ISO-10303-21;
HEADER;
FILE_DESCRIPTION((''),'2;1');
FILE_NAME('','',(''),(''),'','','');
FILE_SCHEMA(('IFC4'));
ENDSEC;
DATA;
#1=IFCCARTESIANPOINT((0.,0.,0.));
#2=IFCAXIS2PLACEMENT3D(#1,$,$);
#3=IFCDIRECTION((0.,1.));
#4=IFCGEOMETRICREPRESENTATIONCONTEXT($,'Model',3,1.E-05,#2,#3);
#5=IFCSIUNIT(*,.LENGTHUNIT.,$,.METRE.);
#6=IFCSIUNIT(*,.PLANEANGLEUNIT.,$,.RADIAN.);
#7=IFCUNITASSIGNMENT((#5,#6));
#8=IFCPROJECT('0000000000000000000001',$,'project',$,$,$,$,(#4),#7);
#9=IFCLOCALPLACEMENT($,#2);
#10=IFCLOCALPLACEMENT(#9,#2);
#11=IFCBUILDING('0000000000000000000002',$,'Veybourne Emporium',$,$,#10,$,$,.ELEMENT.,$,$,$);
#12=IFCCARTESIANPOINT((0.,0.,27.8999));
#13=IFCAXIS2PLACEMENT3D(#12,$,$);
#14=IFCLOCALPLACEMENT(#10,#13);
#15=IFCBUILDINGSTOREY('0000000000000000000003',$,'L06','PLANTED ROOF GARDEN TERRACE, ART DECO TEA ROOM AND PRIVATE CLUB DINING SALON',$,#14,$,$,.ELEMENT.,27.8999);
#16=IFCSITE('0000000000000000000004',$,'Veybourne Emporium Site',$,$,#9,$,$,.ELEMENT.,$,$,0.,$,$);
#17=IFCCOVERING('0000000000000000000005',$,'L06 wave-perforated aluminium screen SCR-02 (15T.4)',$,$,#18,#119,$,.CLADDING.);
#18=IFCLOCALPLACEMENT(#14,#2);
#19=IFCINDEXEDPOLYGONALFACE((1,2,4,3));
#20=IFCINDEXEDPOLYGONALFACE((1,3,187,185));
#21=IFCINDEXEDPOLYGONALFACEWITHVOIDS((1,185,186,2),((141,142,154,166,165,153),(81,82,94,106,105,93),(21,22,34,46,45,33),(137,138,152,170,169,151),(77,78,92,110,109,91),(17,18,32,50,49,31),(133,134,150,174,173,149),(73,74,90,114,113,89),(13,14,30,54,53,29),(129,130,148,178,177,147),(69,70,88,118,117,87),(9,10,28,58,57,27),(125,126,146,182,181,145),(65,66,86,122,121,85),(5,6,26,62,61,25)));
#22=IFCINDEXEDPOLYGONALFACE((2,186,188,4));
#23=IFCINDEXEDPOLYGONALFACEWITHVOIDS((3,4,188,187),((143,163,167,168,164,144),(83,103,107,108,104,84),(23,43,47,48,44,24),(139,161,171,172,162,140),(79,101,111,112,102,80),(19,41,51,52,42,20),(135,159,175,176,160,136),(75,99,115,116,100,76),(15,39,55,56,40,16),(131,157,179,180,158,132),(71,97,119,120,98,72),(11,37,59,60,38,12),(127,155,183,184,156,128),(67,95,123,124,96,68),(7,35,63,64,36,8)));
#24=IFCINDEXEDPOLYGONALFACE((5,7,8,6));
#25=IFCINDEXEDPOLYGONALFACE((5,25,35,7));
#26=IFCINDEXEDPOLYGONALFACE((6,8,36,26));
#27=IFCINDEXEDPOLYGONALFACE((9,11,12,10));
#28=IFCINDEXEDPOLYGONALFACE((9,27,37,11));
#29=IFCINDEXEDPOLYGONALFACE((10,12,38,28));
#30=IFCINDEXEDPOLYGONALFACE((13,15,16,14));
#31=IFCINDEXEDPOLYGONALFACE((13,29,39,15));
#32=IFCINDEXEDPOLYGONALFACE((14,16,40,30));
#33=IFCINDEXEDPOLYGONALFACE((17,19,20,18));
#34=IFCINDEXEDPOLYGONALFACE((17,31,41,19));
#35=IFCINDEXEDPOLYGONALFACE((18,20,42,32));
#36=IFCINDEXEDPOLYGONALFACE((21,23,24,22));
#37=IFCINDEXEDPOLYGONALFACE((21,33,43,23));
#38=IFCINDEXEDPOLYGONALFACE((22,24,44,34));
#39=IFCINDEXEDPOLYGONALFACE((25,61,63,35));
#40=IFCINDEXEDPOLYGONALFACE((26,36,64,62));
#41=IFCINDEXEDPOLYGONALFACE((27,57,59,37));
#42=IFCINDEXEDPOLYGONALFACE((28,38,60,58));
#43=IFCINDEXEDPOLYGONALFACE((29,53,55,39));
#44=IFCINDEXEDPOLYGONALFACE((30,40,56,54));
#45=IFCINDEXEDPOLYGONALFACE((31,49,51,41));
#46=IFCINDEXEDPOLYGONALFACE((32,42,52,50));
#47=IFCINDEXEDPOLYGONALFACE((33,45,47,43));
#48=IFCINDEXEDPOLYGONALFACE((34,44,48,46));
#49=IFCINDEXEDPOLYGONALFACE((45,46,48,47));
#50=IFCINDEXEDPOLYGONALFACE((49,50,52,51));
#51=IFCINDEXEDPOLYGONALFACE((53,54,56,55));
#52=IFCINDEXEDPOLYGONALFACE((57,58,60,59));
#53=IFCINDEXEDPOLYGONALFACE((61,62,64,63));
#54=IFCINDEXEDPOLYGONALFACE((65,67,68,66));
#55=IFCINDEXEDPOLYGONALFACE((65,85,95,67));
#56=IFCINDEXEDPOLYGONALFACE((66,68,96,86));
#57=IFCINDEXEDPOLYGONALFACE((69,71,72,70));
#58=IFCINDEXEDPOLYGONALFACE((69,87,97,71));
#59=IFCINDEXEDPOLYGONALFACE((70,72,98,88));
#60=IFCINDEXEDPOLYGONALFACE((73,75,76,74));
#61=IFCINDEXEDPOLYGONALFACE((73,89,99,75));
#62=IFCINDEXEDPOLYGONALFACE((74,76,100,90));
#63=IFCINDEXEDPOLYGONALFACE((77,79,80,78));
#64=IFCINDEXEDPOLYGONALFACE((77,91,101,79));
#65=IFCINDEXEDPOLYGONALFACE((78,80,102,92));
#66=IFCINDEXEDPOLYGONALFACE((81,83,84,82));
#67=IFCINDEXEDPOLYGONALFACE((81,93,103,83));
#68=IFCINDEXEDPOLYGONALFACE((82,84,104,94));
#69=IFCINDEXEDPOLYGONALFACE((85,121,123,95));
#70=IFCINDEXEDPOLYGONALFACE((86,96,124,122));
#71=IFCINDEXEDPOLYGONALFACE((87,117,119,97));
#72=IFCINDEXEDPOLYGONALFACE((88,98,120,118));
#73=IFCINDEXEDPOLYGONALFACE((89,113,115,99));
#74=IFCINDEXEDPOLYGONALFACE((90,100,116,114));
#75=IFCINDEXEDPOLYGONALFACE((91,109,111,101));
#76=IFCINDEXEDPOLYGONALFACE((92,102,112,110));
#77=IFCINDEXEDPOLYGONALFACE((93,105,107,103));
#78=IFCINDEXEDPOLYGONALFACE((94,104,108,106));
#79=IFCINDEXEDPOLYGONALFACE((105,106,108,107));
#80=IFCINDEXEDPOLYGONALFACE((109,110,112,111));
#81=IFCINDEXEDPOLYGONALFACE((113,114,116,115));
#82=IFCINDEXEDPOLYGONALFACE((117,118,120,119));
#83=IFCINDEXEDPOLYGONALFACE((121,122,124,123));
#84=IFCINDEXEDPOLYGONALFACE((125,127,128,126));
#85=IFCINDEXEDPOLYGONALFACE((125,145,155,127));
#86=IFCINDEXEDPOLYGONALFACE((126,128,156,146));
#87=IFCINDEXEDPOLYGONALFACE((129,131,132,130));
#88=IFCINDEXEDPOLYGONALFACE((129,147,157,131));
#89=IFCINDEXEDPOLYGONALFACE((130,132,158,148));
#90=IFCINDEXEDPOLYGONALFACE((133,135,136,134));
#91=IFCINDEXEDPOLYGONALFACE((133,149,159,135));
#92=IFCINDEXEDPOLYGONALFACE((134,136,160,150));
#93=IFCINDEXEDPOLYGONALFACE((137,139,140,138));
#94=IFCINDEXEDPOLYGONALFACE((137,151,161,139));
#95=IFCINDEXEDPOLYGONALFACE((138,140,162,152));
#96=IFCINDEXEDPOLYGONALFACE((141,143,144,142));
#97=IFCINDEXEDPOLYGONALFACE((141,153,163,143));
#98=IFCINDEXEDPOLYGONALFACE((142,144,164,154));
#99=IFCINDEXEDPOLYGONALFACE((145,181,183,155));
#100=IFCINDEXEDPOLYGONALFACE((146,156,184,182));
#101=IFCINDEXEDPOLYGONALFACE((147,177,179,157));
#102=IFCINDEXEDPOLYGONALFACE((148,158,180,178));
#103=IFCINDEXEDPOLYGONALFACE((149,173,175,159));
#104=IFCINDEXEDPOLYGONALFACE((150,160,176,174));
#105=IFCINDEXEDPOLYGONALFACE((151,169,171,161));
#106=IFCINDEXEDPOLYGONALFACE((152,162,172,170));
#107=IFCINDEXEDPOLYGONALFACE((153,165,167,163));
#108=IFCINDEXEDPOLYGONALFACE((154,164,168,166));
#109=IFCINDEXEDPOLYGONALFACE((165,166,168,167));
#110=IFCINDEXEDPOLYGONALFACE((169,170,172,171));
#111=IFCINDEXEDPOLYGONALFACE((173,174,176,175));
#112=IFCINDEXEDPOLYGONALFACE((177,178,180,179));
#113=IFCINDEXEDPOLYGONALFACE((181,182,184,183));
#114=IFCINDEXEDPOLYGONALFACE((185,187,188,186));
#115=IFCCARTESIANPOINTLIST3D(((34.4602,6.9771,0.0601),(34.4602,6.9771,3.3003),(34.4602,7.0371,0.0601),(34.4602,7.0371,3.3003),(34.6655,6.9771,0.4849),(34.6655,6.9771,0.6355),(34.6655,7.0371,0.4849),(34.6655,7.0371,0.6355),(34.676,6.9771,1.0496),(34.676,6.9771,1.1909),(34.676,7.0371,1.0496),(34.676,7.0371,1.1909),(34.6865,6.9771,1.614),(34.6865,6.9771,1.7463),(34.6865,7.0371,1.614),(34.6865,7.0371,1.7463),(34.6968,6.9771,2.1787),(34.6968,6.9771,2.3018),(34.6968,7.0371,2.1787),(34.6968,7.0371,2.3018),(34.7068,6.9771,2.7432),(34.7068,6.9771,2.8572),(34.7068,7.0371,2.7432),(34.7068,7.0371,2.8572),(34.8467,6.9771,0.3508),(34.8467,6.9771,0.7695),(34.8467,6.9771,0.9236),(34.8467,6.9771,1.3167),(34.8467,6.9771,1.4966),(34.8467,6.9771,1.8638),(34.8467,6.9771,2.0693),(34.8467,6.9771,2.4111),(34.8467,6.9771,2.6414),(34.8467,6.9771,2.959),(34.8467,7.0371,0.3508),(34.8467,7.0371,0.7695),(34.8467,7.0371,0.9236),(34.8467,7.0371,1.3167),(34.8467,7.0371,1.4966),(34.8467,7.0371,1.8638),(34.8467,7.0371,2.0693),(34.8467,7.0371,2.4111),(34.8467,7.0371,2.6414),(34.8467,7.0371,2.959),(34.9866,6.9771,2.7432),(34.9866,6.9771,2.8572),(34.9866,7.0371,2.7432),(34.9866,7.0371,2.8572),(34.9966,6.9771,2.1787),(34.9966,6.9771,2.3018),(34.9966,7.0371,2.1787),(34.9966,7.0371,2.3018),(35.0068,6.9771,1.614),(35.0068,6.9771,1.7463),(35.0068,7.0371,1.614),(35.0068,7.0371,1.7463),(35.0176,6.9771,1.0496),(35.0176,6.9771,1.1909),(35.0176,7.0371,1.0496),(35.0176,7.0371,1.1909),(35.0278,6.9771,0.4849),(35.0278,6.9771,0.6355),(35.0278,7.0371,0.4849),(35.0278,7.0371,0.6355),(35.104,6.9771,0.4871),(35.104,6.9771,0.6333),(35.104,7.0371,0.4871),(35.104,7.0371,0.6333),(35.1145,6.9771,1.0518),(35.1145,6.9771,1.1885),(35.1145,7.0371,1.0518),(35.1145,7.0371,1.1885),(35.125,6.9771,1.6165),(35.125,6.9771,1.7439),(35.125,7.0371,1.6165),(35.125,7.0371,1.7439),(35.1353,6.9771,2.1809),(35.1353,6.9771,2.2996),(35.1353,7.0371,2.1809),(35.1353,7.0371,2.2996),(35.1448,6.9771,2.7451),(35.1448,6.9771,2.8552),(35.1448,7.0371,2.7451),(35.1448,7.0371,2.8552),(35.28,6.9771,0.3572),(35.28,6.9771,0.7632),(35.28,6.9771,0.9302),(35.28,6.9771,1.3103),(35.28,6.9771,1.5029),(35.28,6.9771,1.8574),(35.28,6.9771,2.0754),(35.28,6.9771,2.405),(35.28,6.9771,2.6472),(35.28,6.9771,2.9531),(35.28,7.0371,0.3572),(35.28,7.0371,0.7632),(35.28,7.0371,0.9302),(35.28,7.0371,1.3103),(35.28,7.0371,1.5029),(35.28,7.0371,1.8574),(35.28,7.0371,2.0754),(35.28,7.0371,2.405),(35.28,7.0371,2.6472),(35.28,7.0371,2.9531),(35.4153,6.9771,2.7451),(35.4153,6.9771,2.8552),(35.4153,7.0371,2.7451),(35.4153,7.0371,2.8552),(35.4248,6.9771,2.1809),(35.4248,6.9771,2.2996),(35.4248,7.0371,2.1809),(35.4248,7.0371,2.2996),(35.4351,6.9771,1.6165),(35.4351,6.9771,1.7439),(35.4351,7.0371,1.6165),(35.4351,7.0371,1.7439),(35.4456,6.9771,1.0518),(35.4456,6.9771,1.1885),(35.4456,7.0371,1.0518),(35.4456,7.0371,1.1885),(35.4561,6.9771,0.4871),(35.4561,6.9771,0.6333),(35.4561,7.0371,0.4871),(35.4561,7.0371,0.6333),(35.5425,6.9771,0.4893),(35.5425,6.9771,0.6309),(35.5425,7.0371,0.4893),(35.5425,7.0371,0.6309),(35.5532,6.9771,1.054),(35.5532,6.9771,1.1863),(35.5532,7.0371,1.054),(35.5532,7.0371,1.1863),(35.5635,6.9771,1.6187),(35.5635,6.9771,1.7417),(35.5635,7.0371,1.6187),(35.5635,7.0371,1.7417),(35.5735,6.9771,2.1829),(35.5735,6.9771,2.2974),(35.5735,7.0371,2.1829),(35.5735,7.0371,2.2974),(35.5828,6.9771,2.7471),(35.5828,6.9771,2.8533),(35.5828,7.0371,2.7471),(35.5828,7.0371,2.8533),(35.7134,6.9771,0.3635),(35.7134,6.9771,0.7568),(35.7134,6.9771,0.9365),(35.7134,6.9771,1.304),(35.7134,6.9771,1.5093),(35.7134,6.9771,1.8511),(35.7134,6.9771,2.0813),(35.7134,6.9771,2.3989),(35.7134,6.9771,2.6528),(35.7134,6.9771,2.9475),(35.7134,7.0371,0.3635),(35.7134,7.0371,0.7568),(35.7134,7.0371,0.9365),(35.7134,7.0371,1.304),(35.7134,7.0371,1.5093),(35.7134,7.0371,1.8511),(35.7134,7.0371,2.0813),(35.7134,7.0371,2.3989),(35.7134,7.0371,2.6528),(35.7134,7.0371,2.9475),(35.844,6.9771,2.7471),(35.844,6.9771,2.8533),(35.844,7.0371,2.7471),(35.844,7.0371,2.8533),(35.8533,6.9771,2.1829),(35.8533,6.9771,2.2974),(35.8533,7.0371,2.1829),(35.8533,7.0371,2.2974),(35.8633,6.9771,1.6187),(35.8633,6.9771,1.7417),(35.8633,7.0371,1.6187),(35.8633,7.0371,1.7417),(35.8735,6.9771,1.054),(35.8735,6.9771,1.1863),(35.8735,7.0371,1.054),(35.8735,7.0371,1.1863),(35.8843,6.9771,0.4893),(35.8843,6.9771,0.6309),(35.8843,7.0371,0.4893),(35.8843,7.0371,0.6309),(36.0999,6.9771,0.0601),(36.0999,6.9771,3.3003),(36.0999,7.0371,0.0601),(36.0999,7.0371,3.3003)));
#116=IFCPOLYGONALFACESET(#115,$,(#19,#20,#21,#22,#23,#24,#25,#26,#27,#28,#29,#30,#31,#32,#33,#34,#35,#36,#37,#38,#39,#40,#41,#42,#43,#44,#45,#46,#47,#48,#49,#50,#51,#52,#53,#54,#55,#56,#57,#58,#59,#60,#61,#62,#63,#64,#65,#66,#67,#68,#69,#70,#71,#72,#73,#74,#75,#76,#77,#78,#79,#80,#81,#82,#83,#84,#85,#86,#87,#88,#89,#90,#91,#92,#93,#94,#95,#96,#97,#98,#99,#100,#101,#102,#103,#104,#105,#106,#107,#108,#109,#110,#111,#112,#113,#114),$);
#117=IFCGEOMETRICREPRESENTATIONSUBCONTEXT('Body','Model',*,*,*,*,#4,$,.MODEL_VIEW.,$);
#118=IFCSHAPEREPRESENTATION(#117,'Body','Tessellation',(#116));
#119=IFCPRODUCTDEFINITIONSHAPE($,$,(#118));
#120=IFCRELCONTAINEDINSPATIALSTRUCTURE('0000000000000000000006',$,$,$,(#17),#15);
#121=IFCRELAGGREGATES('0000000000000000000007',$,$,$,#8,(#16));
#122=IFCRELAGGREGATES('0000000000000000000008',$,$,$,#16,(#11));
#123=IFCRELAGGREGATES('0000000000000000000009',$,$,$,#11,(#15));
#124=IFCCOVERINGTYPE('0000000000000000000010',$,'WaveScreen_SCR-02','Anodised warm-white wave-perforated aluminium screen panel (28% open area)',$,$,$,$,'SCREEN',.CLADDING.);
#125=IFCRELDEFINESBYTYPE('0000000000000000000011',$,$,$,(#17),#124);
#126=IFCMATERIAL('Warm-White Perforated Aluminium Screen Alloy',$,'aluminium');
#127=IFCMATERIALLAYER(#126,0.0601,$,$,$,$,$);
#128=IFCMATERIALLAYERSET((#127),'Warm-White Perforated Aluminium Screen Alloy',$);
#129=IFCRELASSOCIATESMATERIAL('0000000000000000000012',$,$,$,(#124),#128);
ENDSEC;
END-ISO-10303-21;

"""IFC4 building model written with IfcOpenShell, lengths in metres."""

from ifc_helpers import new_model, si_unit, direction, frame, origin, place, context, subcontext, project, spatial, polyline, outline, extrude, material, layer, layer_set, type_object, element, save


model = new_model("IFC4")

# Units and contexts
model_context = context("Model", 3, precision=1e-05, world=origin(), true_north=direction((0.0, 1.0)))
body_context = subcontext(model_context, "Body", "Model", "MODEL_VIEW")
ifc_project = project(units=[si_unit("LENGTHUNIT", "METRE"), si_unit("PLANEANGLEUNIT", "RADIAN")], contexts=[model_context])

# Site, building, storey
site_placement = place(None, origin())
site = spatial("IfcSite", under=ifc_project, at=site_placement, Name="Veybourne Emporium Site", CompositionType="ELEMENT", RefElevation=0.0)
building_placement = place(site_placement, origin())
building = spatial("IfcBuilding", under=site, at=building_placement, Name="Veybourne Emporium", CompositionType="ELEMENT")
storey_placement = place(building_placement, frame((0.0, 0.0, 27.8999)))
storey = spatial("IfcBuildingStorey", under=building, at=storey_placement, Name="L06", Description="PLANTED ROOF GARDEN TERRACE, ART DECO TEA ROOM AND PRIVATE CLUB DINING SALON", CompositionType="ELEMENT", Elevation=27.8999)

# Covering
ifc_material_1 = material(Name="Warm-White Perforated Aluminium Screen Alloy", Category="aluminium")
ifc_layer_1 = layer(ifc_material_1, 0.0601)
ifc_layer_set_1 = layer_set([ifc_layer_1], Name="Warm-White Perforated Aluminium Screen Alloy")
covering_type_1 = type_object("IfcCoveringType", Name="WaveScreen_SCR-02", Description="Anodised warm-white wave-perforated aluminium screen panel (28% open area)", ElementType="SCREEN", PredefinedType="CLADDING", material=ifc_layer_set_1)
covering_1_placement = place(storey_placement, frame((35.28, 6.9771, 1.6802), z_axis=(0.0, 1.0, 0.0), x_axis=(-1.0, 0.0, 0.0)))
element("IfcCovering", 1, at=covering_1_placement, inside=storey, type_object=covering_type_1, Name="L06 wave-perforated aluminium screen SCR-02 (15T.4)", PredefinedType="CLADDING", context=body_context, shape_type="SweptSolid", body=[
    extrude(outline(polyline([(-0.8198, -1.6201), (0.8198, -1.6201), (0.8198, 1.6201), (-0.8198, 1.6201), (-0.8198, -1.6201)]), holes=[polyline([(-0.4333, -0.9233), (-0.2625, -1.0493), (-0.2625, -1.1909), (-0.4333, -1.3167), (-0.6042, -1.1909), (-0.6042, -1.0493), (-0.4333, -0.9233)]), polyline([(-0.4333, -0.3762), (-0.2732, -0.4939), (-0.2732, -0.6262), (-0.4333, -0.7437), (-0.5935, -0.6262), (-0.5935, -0.4939), (-0.4333, -0.3762)]), polyline([(-0.4333, 0.1709), (-0.2834, 0.0615), (-0.2834, -0.0615), (-0.4333, -0.1709), (-0.5833, -0.0615), (-0.5833, 0.0615), (-0.4333, 0.1709)]), polyline([(-0.4333, 0.7188), (-0.2935, 0.6172), (-0.2935, 0.5027), (-0.4333, 0.4011), (-0.5732, 0.5027), (-0.5732, 0.6172), (-0.4333, 0.7188)]), polyline([(-0.4333, 1.2673), (-0.3027, 1.1731), (-0.3027, 1.0669), (-0.4333, 0.9727), (-0.564, 1.0669), (-0.564, 1.1731), (-0.4333, 1.2673)]), polyline([(0.0, -0.917), (0.176, -1.0469), (0.176, -1.1931), (0.0, -1.323), (-0.176, -1.1931), (-0.176, -1.0469), (0.0, -0.917)]), polyline([(0.0, -0.3699), (0.1655, -0.4917), (0.1655, -0.6284), (0.0, -0.75), (-0.1655, -0.6284), (-0.1655, -0.4917), (0.0, -0.3699)]), polyline([(0.0, 0.1772), (0.155, 0.0637), (0.155, -0.0637), (0.0, -0.1772), (-0.155, -0.0637), (-0.155, 0.0637), (0.0, 0.1772)]), polyline([(0.0, 0.7249), (0.1448, 0.6194), (0.1448, 0.5007), (0.0, 0.3953), (-0.1448, 0.5007), (-0.1448, 0.6194), (0.0, 0.7249)]), polyline([(0.0, 1.2729), (0.1353, 1.175), (0.1353, 1.0649), (0.0, 0.967), (-0.1353, 1.0649), (-0.1353, 1.175), (0.0, 1.2729)]), polyline([(0.4333, -0.9106), (0.6145, -1.0447), (0.6145, -1.1953), (0.4333, -1.3293), (0.2522, -1.1953), (0.2522, -1.0447), (0.4333, -0.9106)]), polyline([(0.4333, -0.3635), (0.604, -0.4893), (0.604, -0.6306), (0.4333, -0.7566), (0.2625, -0.6306), (0.2625, -0.4893), (0.4333, -0.3635)]), polyline([(0.4333, 0.1836), (0.5935, 0.0662), (0.5935, -0.0662), (0.4333, -0.1836), (0.2732, -0.0662), (0.2732, 0.0662), (0.4333, 0.1836)]), polyline([(0.4333, 0.731), (0.5833, 0.6216), (0.5833, 0.4985), (0.4333, 0.3892), (0.2834, 0.4985), (0.2834, 0.6216), (0.4333, 0.731)]), polyline([(0.4333, 1.2788), (0.5732, 1.177), (0.5732, 1.063), (0.4333, 0.9612), (0.2935, 1.063), (0.2935, 1.177), (0.4333, 1.2788)])]), origin(), (0.0, 0.0, 1.0), 0.0601),
])

save(model, "model.ifc")
